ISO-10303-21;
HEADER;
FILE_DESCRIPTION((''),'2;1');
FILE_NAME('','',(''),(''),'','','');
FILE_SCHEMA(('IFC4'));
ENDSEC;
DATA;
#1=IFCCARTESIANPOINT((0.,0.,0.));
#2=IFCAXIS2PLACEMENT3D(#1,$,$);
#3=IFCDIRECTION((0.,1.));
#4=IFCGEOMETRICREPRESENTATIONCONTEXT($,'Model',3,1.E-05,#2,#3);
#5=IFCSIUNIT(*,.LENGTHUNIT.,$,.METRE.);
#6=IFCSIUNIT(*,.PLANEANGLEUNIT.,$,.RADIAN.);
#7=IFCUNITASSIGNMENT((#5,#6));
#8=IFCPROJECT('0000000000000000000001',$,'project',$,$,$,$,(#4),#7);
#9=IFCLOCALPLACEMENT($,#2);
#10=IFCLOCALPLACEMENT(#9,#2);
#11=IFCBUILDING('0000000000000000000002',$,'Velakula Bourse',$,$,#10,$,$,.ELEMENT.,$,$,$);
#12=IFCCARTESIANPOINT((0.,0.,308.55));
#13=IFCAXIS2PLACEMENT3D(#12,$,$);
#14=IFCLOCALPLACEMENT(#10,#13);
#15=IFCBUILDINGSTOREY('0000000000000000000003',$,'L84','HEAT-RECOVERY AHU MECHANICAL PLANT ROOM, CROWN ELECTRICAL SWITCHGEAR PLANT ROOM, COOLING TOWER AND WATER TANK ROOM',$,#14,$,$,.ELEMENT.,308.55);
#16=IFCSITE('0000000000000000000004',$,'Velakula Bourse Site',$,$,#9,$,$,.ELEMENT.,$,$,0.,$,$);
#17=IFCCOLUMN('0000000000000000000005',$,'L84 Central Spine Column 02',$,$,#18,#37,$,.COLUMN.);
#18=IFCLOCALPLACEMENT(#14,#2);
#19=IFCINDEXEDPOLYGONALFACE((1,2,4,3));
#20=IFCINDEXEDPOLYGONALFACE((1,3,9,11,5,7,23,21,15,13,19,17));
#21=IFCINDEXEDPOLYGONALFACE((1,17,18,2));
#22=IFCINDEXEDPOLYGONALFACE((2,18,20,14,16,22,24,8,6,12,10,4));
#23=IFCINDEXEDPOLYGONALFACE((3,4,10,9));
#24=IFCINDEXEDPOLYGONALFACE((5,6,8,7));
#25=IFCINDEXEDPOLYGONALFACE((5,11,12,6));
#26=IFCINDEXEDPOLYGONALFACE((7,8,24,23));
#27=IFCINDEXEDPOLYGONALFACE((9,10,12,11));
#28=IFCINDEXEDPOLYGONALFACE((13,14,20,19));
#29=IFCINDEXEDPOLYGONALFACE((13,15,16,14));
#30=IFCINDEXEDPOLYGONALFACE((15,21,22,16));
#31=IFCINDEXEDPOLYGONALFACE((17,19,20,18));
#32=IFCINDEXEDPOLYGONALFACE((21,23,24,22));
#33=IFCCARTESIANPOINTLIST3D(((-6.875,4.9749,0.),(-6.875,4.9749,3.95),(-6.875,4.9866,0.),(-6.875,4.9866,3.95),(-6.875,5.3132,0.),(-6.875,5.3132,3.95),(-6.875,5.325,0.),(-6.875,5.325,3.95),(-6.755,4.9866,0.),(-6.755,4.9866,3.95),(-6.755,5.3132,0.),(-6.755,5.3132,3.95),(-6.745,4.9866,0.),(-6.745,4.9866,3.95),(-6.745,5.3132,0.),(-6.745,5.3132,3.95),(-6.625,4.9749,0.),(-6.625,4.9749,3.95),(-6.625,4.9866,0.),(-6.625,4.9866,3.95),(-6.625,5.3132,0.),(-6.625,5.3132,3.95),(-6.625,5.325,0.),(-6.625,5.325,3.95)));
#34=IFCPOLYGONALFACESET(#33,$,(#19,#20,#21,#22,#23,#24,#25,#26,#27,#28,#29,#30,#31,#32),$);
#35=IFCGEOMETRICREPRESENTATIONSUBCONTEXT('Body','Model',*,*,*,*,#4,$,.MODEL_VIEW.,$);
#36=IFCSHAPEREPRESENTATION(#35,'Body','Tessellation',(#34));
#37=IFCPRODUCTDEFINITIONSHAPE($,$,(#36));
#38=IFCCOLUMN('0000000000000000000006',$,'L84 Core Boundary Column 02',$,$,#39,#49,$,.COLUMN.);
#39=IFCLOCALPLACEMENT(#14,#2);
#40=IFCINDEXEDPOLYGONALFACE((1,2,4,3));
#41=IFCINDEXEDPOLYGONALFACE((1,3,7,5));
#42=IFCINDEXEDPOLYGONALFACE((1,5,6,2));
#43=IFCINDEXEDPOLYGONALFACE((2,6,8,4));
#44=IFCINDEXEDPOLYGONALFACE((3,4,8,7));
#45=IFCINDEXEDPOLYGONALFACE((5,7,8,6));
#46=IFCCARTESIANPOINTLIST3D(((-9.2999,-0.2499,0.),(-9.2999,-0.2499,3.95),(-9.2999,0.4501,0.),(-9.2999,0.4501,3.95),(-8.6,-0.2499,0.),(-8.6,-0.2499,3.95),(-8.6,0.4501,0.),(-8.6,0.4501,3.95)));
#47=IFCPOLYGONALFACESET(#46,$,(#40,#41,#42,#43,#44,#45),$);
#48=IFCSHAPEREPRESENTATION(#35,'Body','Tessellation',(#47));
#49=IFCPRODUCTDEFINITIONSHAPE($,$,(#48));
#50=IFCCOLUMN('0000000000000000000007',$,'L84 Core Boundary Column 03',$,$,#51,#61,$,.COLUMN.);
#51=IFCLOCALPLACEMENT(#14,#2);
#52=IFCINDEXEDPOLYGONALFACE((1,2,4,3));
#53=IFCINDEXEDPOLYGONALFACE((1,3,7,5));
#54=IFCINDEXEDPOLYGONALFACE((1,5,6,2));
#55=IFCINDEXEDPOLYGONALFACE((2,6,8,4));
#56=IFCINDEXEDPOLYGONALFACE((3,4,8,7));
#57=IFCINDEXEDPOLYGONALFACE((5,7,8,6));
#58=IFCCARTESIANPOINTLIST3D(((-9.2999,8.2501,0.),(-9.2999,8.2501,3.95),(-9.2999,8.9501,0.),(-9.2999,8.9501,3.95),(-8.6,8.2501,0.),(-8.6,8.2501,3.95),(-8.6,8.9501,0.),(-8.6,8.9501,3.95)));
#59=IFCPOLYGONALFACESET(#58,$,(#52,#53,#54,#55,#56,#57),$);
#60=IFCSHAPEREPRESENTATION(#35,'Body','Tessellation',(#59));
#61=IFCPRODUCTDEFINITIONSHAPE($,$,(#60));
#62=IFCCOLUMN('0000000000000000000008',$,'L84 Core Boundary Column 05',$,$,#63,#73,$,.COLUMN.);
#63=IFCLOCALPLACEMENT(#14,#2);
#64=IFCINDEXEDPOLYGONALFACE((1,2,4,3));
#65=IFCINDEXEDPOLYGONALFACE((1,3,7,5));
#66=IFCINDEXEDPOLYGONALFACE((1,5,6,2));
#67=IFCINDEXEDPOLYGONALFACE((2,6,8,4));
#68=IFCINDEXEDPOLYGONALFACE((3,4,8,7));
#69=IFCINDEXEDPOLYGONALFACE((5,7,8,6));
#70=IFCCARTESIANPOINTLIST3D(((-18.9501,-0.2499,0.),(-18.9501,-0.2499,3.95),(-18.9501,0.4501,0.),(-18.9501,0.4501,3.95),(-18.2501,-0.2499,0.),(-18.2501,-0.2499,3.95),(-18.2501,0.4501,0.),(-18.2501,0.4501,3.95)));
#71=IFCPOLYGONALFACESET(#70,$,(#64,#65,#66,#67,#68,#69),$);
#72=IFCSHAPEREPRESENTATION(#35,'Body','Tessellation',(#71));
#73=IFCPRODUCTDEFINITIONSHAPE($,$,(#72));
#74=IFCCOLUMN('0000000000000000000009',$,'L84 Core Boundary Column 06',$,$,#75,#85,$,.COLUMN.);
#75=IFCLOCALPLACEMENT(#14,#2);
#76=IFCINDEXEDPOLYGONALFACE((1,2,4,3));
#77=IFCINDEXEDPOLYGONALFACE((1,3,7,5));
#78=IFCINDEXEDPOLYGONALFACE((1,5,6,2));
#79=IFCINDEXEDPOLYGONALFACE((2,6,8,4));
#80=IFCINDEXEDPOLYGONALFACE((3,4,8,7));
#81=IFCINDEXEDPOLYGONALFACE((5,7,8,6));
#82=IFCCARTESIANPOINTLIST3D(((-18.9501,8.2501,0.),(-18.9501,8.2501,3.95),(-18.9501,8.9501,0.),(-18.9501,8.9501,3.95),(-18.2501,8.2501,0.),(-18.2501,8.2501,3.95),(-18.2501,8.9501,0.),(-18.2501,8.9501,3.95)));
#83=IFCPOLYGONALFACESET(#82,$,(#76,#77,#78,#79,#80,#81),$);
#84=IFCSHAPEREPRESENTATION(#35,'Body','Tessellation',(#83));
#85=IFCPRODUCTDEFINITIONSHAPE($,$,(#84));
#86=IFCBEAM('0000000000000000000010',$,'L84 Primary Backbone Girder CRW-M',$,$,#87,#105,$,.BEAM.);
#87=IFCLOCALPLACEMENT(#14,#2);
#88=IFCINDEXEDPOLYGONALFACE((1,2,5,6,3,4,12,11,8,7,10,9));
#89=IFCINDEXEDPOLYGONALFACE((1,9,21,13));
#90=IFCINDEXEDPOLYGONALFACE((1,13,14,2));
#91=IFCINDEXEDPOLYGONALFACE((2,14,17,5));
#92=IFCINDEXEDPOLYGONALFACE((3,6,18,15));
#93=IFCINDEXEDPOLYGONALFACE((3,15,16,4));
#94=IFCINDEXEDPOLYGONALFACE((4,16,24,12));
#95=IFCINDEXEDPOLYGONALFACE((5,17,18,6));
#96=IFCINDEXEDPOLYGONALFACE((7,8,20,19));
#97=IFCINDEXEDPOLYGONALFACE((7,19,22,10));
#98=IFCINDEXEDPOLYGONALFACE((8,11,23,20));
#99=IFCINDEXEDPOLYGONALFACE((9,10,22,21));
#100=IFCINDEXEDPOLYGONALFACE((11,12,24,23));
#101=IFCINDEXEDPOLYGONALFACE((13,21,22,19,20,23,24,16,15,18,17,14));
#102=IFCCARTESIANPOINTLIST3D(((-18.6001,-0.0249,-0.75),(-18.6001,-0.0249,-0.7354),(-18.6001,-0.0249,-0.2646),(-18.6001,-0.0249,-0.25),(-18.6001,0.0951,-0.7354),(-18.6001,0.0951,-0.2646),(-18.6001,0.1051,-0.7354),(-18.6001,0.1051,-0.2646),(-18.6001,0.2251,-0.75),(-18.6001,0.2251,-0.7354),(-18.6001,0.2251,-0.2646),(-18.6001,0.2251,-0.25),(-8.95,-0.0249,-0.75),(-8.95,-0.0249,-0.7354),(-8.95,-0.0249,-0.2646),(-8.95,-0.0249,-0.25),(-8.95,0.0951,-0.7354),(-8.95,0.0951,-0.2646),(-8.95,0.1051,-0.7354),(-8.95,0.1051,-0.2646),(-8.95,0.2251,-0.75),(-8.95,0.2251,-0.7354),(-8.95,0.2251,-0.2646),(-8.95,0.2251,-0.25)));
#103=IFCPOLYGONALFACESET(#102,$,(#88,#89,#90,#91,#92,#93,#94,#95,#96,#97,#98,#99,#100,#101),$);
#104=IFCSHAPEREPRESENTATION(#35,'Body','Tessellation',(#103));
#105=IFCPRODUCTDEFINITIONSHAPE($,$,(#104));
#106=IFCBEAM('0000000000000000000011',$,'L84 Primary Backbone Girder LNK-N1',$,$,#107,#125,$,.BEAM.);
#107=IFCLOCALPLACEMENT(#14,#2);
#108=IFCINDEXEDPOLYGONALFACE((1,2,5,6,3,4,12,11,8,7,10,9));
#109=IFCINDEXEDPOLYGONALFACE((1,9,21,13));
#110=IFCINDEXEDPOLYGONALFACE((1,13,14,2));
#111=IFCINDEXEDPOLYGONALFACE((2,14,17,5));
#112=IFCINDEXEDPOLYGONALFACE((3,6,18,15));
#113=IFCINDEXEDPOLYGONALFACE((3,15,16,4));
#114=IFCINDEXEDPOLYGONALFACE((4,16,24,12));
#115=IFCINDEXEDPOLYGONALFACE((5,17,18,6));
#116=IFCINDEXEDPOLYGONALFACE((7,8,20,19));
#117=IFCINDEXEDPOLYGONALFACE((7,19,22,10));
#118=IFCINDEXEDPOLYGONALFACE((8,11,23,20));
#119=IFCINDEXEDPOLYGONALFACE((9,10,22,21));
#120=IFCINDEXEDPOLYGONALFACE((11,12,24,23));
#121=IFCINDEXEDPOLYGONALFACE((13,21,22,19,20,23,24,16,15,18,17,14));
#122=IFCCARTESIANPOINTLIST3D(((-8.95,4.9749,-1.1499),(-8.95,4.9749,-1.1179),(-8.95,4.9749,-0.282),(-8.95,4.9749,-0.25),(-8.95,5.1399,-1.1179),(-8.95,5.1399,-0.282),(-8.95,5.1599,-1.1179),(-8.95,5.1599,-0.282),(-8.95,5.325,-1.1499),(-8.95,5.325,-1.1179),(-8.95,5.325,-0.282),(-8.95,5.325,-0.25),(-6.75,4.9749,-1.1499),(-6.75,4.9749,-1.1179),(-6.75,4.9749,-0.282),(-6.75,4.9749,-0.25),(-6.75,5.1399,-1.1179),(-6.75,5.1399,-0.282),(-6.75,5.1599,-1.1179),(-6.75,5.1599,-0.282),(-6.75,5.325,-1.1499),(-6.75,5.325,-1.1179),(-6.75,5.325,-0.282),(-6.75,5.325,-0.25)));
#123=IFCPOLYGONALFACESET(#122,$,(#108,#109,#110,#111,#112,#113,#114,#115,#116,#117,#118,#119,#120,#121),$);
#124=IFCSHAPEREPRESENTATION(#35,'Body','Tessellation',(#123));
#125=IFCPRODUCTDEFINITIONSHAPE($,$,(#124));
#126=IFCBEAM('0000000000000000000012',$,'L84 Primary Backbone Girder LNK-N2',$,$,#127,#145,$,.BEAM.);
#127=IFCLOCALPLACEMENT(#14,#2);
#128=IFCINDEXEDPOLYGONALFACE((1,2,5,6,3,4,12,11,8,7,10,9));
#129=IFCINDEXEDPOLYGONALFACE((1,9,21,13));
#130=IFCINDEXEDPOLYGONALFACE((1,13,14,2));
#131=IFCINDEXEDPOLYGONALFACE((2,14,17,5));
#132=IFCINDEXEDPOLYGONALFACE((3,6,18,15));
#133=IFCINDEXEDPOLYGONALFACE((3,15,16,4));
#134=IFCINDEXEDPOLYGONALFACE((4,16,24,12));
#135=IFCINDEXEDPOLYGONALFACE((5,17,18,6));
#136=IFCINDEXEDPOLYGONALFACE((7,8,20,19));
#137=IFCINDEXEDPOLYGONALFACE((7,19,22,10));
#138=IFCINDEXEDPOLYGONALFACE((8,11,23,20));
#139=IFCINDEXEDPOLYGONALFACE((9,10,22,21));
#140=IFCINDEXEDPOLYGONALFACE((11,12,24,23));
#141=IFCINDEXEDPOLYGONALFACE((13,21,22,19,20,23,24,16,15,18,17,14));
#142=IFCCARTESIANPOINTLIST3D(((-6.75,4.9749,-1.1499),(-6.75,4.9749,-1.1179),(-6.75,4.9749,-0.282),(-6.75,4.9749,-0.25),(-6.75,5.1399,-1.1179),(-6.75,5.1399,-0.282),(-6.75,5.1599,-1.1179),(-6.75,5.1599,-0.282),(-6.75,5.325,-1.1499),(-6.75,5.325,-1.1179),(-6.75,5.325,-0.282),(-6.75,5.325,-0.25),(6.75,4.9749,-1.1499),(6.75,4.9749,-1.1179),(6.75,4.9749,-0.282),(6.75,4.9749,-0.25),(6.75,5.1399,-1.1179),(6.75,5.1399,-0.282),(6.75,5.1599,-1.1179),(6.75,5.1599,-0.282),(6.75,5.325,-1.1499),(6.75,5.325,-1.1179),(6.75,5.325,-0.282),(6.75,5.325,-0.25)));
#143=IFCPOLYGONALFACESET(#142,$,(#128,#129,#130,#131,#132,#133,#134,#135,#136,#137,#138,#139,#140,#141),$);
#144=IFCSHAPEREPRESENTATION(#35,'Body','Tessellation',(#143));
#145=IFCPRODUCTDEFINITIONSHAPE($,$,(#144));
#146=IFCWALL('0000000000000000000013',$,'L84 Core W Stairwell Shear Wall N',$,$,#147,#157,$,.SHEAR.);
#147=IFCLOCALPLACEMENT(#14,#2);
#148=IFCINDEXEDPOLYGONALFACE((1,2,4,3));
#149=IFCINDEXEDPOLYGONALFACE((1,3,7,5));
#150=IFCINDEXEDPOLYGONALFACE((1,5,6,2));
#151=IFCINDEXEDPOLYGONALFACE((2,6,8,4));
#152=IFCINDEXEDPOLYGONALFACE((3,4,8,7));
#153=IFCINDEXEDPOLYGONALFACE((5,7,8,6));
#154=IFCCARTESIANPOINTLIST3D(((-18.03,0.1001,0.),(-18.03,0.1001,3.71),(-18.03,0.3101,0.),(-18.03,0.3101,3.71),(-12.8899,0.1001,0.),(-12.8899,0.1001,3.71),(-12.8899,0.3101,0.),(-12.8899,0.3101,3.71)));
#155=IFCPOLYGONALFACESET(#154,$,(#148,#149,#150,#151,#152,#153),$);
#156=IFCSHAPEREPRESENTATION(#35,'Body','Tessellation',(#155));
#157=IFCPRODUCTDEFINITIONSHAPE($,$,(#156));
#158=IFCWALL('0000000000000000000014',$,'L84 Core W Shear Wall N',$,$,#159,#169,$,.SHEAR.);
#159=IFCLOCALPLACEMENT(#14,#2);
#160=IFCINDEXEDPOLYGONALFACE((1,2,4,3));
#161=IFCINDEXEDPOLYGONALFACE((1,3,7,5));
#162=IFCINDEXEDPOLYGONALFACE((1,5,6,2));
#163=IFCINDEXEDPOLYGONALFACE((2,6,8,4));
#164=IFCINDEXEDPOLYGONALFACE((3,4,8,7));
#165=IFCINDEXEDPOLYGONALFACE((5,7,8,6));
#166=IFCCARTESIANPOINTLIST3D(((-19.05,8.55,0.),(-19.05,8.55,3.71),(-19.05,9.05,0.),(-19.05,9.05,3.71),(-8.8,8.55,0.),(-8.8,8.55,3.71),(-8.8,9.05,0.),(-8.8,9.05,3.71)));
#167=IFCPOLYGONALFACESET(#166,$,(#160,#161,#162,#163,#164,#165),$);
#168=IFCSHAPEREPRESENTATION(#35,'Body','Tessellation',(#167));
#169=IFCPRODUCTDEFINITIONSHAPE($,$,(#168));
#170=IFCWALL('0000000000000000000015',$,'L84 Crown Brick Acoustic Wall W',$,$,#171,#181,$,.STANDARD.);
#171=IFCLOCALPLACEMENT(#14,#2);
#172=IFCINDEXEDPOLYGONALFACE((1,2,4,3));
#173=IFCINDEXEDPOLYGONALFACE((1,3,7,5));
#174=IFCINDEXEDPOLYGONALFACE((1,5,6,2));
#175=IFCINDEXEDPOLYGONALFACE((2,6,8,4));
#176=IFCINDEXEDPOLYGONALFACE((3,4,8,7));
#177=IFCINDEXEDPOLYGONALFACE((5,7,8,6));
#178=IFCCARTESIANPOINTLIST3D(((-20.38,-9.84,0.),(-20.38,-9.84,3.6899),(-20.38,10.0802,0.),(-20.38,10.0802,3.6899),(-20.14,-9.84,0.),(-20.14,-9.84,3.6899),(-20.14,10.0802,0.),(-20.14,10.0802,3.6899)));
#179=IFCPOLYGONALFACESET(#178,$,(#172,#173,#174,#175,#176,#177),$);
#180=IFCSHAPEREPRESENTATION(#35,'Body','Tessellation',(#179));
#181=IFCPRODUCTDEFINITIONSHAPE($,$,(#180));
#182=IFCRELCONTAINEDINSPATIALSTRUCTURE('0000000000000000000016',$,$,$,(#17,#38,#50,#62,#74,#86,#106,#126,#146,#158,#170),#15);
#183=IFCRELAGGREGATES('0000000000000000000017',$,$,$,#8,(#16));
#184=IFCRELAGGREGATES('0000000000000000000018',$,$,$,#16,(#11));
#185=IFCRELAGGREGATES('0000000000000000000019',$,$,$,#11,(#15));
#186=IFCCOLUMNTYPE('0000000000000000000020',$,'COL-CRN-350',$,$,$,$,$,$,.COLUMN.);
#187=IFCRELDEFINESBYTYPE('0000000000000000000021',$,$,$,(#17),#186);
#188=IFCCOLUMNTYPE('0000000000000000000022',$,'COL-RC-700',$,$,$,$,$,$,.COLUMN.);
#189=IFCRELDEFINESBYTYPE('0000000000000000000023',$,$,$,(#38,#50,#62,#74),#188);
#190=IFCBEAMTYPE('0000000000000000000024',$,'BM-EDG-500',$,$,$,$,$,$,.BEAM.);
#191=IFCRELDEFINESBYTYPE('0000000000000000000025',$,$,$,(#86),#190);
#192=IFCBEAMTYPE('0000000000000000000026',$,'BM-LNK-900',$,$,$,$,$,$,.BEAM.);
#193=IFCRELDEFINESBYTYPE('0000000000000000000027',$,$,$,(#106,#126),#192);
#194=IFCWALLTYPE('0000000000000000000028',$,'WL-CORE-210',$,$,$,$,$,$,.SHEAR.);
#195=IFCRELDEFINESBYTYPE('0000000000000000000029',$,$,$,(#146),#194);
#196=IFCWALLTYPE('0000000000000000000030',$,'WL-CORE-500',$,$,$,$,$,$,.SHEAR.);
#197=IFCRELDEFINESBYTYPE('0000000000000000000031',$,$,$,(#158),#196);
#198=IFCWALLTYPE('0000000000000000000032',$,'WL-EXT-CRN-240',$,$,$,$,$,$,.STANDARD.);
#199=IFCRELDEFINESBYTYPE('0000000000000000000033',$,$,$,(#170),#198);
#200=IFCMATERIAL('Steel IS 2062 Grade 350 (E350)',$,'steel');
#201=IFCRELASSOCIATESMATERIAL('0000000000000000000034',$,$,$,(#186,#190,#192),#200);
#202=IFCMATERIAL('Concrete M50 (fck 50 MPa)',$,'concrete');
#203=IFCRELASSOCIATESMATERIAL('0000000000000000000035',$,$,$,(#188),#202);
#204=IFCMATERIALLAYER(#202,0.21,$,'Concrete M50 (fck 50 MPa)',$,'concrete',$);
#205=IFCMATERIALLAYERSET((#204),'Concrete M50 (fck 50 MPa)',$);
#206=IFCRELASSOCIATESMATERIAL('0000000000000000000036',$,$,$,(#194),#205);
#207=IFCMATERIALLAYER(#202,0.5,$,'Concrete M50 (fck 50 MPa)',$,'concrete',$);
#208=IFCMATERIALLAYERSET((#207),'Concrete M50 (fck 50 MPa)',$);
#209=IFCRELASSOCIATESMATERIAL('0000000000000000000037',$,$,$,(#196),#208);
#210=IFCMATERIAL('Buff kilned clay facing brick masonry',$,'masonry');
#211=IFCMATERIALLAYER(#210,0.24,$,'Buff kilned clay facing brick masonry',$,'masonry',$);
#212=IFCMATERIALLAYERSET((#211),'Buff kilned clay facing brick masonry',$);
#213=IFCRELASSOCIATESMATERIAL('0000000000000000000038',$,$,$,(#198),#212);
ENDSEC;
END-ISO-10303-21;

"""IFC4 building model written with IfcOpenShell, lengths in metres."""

from ifc_helpers import new_model, si_unit, direction, frame, frame_2d, origin, origin_2d, place, context, subcontext, project, spatial, rectangle, i_section, extrude, material, layer, layer_set, material_profile, profile_set, type_object, element, save


model = new_model("IFC4")

# Units and contexts
model_context = context("Model", 3, precision=1e-05, world=origin(), true_north=direction((0.0, 1.0)))
body_context = subcontext(model_context, "Body", "Model", "MODEL_VIEW")
ifc_project = project(units=[si_unit("LENGTHUNIT", "METRE"), si_unit("PLANEANGLEUNIT", "RADIAN")], contexts=[model_context])

# Site, building, storey
site_placement = place(None, origin())
site = spatial("IfcSite", under=ifc_project, at=site_placement, Name="Velakula Bourse Site", CompositionType="ELEMENT", RefElevation=0.0)
building_placement = place(site_placement, origin())
building = spatial("IfcBuilding", under=site, at=building_placement, Name="Velakula Bourse", CompositionType="ELEMENT")
storey_placement = place(building_placement, frame((0.0, 0.0, 308.55)))
storey = spatial("IfcBuildingStorey", under=building, at=storey_placement, Name="L84", Description="HEAT-RECOVERY AHU MECHANICAL PLANT ROOM, CROWN ELECTRICAL SWITCHGEAR PLANT ROOM, COOLING TOWER AND WATER TANK ROOM", CompositionType="ELEMENT", Elevation=308.55)

# Columns
ifc_material_1 = material(Name="Steel IS 2062 Grade 350 (E350)", Category="steel")
ifc_material_profile_1 = material_profile(ifc_material_1, i_section(OverallWidth=0.25, OverallDepth=0.3501, WebThickness=0.01, FlangeThickness=0.0117, at=origin_2d()), Name="Steel IS 2062 Grade 350 (E350)")
ifc_profile_set_1 = profile_set([ifc_material_profile_1], Name="Steel IS 2062 Grade 350 (E350)")
column_type_1 = type_object("IfcColumnType", Name="COL-CRN-350", PredefinedType="COLUMN", material=ifc_profile_set_1)
column_placement = place(storey_placement, frame((-6.75, 5.1499, 0.0), z_axis=(0.0, 0.0, 1.0), x_axis=(1.0, 0.0, 0.0)))
element("IfcColumn", 1, at=column_placement, inside=storey, type_object=column_type_1, Name="L84 Central Spine Column 02", PredefinedType="COLUMN", context=body_context, shape_type="SweptSolid", body=[
    extrude(i_section(OverallWidth=0.25, OverallDepth=0.3501, WebThickness=0.01, FlangeThickness=0.0117, at=origin_2d()), origin(), (0.0, 0.0, 1.0), 3.95),
])
ifc_material_2 = material(Name="Concrete M50 (fck 50 MPa)", Category="concrete")
ifc_material_profile_2 = material_profile(ifc_material_2, rectangle(XDim=0.7, YDim=0.7, at=origin_2d()), Name="Concrete M50 (fck 50 MPa)")
ifc_profile_set_2 = profile_set([ifc_material_profile_2], Name="Concrete M50 (fck 50 MPa)")
column_type_2 = type_object("IfcColumnType", Name="COL-RC-700", PredefinedType="COLUMN", material=ifc_profile_set_2)
for number, where, z_axis, x_axis, name in (
    (2, (-8.95, 0.1001, 0.0), (0.0, 0.0, 1.0), (1.0, 0.0, 0.0), "L84 Core Boundary Column 02"),
    (3, (-8.95, 8.6001, 0.0), (0.0, 0.0, 1.0), (1.0, 0.0, 0.0), "L84 Core Boundary Column 03"),
    (4, (-18.6001, 0.1001, 0.0), (0.0, 0.0, 1.0), (1.0, 0.0, 0.0), "L84 Core Boundary Column 05"),
    (5, (-18.6001, 8.6001, 0.0), (0.0, 0.0, 1.0), (1.0, 0.0, 0.0), "L84 Core Boundary Column 06"),
):
    element("IfcColumn", number, at=place(storey_placement, frame(where, z_axis=z_axis, x_axis=x_axis)), inside=storey, type_object=column_type_2, Name=name, PredefinedType="COLUMN", context=body_context, shape_type="SweptSolid", body=[
        extrude(rectangle(XDim=0.7, YDim=0.7, at=origin_2d()), origin(), (0.0, 0.0, 1.0), 3.95),
    ])

# Beams
ifc_material_profile_3 = material_profile(ifc_material_1, i_section(OverallWidth=0.25, OverallDepth=0.5, WebThickness=0.01, FlangeThickness=0.0146, at=origin_2d()), Name="Steel IS 2062 Grade 350 (E350)")
ifc_profile_set_3 = profile_set([ifc_material_profile_3], Name="Steel IS 2062 Grade 350 (E350)")
beam_type_1 = type_object("IfcBeamType", Name="BM-EDG-500", PredefinedType="BEAM", material=ifc_profile_set_3)
beam_1_placement = place(storey_placement, frame((-18.6001, 0.1001, -0.5), z_axis=(1.0, 0.0, 0.0), x_axis=(0.0, 1.0, 0.0)))
element("IfcBeam", 6, at=beam_1_placement, inside=storey, type_object=beam_type_1, Name="L84 Primary Backbone Girder CRW-M", PredefinedType="BEAM", context=body_context, shape_type="SweptSolid", body=[
    extrude(i_section(OverallWidth=0.25, OverallDepth=0.5, WebThickness=0.01, FlangeThickness=0.0146, at=origin_2d()), origin(), (0.0, 0.0, 1.0), 9.6501),
])
ifc_material_profile_4 = material_profile(ifc_material_1, i_section(OverallWidth=0.3501, OverallDepth=0.8999, WebThickness=0.02, FlangeThickness=0.032, at=origin_2d()), Name="Steel IS 2062 Grade 350 (E350)")
ifc_profile_set_4 = profile_set([ifc_material_profile_4], Name="Steel IS 2062 Grade 350 (E350)")
beam_type_2 = type_object("IfcBeamType", Name="BM-LNK-900", PredefinedType="BEAM", material=ifc_profile_set_4)
beam_2_placement = place(storey_placement, frame((-8.95, 5.1499, -0.7), z_axis=(1.0, 0.0, 0.0), x_axis=(0.0, 1.0, 0.0)))
element("IfcBeam", 7, at=beam_2_placement, inside=storey, type_object=beam_type_2, Name="L84 Primary Backbone Girder LNK-N1", PredefinedType="BEAM", context=body_context, shape_type="SweptSolid", body=[
    extrude(i_section(OverallWidth=0.3501, OverallDepth=0.8999, WebThickness=0.02, FlangeThickness=0.032, at=origin_2d()), origin(), (0.0, 0.0, 1.0), 2.2),
])
beam_3_placement = place(storey_placement, frame((-6.75, 5.1499, -0.7), z_axis=(1.0, 0.0, 0.0), x_axis=(0.0, 1.0, 0.0)))
element("IfcBeam", 8, at=beam_3_placement, inside=storey, type_object=beam_type_2, Name="L84 Primary Backbone Girder LNK-N2", PredefinedType="BEAM", context=body_context, shape_type="SweptSolid", body=[
    extrude(i_section(OverallWidth=0.3501, OverallDepth=0.8999, WebThickness=0.02, FlangeThickness=0.032, at=origin_2d()), origin(), (0.0, 0.0, 1.0), 13.5),
])

# Walls
ifc_layer_1 = layer(ifc_material_2, 0.21, Name="Concrete M50 (fck 50 MPa)", Category="concrete")
ifc_layer_set_1 = layer_set([ifc_layer_1], Name="Concrete M50 (fck 50 MPa)")
wall_type_1 = type_object("IfcWallType", Name="WL-CORE-210", PredefinedType="SHEAR", material=ifc_layer_set_1)
wall_1_placement = place(storey_placement, frame((-12.8899, 0.2051, 0.0), z_axis=(0.0, 0.0, 1.0), x_axis=(-1.0, 0.0, 0.0)))
element("IfcWall", 9, at=wall_1_placement, inside=storey, type_object=wall_type_1, Name="L84 Core W Stairwell Shear Wall N", PredefinedType="SHEAR", context=body_context, shape_type="SweptSolid", body=[
    extrude(rectangle(XDim=5.1401, YDim=0.21, at=frame_2d((2.5701, 0.0))), origin(), (0.0, 0.0, 1.0), 3.71),
])
ifc_layer_2 = layer(ifc_material_2, 0.5, Name="Concrete M50 (fck 50 MPa)", Category="concrete")
ifc_layer_set_2 = layer_set([ifc_layer_2], Name="Concrete M50 (fck 50 MPa)")
wall_type_2 = type_object("IfcWallType", Name="WL-CORE-500", PredefinedType="SHEAR", material=ifc_layer_set_2)
wall_2_placement = place(storey_placement, frame((-19.05, 8.8, 0.0), z_axis=(0.0, 0.0, 1.0), x_axis=(1.0, 0.0, 0.0)))
element("IfcWall", 10, at=wall_2_placement, inside=storey, type_object=wall_type_2, Name="L84 Core W Shear Wall N", PredefinedType="SHEAR", context=body_context, shape_type="SweptSolid", body=[
    extrude(rectangle(XDim=10.25, YDim=0.5, at=frame_2d((5.125, 0.0))), origin(), (0.0, 0.0, 1.0), 3.71),
])
ifc_material_3 = material(Name="Buff kilned clay facing brick masonry", Category="masonry")
ifc_layer_3 = layer(ifc_material_3, 0.24, Name="Buff kilned clay facing brick masonry", Category="masonry")
ifc_layer_set_3 = layer_set([ifc_layer_3], Name="Buff kilned clay facing brick masonry")
wall_type_3 = type_object("IfcWallType", Name="WL-EXT-CRN-240", PredefinedType="STANDARD", material=ifc_layer_set_3)
wall_3_placement = place(storey_placement, frame((-20.26, 10.0801, 0.0), z_axis=(0.0, 0.0, 1.0), x_axis=(0.0, -1.0, 0.0)))
element("IfcWall", 11, at=wall_3_placement, inside=storey, type_object=wall_type_3, Name="L84 Crown Brick Acoustic Wall W", PredefinedType="STANDARD", context=body_context, shape_type="SweptSolid", body=[
    extrude(rectangle(XDim=19.9202, YDim=0.24, at=frame_2d((9.96, 0.0))), origin(), (0.0, 0.0, 1.0), 3.6899),
])

save(model, "model.ifc")
